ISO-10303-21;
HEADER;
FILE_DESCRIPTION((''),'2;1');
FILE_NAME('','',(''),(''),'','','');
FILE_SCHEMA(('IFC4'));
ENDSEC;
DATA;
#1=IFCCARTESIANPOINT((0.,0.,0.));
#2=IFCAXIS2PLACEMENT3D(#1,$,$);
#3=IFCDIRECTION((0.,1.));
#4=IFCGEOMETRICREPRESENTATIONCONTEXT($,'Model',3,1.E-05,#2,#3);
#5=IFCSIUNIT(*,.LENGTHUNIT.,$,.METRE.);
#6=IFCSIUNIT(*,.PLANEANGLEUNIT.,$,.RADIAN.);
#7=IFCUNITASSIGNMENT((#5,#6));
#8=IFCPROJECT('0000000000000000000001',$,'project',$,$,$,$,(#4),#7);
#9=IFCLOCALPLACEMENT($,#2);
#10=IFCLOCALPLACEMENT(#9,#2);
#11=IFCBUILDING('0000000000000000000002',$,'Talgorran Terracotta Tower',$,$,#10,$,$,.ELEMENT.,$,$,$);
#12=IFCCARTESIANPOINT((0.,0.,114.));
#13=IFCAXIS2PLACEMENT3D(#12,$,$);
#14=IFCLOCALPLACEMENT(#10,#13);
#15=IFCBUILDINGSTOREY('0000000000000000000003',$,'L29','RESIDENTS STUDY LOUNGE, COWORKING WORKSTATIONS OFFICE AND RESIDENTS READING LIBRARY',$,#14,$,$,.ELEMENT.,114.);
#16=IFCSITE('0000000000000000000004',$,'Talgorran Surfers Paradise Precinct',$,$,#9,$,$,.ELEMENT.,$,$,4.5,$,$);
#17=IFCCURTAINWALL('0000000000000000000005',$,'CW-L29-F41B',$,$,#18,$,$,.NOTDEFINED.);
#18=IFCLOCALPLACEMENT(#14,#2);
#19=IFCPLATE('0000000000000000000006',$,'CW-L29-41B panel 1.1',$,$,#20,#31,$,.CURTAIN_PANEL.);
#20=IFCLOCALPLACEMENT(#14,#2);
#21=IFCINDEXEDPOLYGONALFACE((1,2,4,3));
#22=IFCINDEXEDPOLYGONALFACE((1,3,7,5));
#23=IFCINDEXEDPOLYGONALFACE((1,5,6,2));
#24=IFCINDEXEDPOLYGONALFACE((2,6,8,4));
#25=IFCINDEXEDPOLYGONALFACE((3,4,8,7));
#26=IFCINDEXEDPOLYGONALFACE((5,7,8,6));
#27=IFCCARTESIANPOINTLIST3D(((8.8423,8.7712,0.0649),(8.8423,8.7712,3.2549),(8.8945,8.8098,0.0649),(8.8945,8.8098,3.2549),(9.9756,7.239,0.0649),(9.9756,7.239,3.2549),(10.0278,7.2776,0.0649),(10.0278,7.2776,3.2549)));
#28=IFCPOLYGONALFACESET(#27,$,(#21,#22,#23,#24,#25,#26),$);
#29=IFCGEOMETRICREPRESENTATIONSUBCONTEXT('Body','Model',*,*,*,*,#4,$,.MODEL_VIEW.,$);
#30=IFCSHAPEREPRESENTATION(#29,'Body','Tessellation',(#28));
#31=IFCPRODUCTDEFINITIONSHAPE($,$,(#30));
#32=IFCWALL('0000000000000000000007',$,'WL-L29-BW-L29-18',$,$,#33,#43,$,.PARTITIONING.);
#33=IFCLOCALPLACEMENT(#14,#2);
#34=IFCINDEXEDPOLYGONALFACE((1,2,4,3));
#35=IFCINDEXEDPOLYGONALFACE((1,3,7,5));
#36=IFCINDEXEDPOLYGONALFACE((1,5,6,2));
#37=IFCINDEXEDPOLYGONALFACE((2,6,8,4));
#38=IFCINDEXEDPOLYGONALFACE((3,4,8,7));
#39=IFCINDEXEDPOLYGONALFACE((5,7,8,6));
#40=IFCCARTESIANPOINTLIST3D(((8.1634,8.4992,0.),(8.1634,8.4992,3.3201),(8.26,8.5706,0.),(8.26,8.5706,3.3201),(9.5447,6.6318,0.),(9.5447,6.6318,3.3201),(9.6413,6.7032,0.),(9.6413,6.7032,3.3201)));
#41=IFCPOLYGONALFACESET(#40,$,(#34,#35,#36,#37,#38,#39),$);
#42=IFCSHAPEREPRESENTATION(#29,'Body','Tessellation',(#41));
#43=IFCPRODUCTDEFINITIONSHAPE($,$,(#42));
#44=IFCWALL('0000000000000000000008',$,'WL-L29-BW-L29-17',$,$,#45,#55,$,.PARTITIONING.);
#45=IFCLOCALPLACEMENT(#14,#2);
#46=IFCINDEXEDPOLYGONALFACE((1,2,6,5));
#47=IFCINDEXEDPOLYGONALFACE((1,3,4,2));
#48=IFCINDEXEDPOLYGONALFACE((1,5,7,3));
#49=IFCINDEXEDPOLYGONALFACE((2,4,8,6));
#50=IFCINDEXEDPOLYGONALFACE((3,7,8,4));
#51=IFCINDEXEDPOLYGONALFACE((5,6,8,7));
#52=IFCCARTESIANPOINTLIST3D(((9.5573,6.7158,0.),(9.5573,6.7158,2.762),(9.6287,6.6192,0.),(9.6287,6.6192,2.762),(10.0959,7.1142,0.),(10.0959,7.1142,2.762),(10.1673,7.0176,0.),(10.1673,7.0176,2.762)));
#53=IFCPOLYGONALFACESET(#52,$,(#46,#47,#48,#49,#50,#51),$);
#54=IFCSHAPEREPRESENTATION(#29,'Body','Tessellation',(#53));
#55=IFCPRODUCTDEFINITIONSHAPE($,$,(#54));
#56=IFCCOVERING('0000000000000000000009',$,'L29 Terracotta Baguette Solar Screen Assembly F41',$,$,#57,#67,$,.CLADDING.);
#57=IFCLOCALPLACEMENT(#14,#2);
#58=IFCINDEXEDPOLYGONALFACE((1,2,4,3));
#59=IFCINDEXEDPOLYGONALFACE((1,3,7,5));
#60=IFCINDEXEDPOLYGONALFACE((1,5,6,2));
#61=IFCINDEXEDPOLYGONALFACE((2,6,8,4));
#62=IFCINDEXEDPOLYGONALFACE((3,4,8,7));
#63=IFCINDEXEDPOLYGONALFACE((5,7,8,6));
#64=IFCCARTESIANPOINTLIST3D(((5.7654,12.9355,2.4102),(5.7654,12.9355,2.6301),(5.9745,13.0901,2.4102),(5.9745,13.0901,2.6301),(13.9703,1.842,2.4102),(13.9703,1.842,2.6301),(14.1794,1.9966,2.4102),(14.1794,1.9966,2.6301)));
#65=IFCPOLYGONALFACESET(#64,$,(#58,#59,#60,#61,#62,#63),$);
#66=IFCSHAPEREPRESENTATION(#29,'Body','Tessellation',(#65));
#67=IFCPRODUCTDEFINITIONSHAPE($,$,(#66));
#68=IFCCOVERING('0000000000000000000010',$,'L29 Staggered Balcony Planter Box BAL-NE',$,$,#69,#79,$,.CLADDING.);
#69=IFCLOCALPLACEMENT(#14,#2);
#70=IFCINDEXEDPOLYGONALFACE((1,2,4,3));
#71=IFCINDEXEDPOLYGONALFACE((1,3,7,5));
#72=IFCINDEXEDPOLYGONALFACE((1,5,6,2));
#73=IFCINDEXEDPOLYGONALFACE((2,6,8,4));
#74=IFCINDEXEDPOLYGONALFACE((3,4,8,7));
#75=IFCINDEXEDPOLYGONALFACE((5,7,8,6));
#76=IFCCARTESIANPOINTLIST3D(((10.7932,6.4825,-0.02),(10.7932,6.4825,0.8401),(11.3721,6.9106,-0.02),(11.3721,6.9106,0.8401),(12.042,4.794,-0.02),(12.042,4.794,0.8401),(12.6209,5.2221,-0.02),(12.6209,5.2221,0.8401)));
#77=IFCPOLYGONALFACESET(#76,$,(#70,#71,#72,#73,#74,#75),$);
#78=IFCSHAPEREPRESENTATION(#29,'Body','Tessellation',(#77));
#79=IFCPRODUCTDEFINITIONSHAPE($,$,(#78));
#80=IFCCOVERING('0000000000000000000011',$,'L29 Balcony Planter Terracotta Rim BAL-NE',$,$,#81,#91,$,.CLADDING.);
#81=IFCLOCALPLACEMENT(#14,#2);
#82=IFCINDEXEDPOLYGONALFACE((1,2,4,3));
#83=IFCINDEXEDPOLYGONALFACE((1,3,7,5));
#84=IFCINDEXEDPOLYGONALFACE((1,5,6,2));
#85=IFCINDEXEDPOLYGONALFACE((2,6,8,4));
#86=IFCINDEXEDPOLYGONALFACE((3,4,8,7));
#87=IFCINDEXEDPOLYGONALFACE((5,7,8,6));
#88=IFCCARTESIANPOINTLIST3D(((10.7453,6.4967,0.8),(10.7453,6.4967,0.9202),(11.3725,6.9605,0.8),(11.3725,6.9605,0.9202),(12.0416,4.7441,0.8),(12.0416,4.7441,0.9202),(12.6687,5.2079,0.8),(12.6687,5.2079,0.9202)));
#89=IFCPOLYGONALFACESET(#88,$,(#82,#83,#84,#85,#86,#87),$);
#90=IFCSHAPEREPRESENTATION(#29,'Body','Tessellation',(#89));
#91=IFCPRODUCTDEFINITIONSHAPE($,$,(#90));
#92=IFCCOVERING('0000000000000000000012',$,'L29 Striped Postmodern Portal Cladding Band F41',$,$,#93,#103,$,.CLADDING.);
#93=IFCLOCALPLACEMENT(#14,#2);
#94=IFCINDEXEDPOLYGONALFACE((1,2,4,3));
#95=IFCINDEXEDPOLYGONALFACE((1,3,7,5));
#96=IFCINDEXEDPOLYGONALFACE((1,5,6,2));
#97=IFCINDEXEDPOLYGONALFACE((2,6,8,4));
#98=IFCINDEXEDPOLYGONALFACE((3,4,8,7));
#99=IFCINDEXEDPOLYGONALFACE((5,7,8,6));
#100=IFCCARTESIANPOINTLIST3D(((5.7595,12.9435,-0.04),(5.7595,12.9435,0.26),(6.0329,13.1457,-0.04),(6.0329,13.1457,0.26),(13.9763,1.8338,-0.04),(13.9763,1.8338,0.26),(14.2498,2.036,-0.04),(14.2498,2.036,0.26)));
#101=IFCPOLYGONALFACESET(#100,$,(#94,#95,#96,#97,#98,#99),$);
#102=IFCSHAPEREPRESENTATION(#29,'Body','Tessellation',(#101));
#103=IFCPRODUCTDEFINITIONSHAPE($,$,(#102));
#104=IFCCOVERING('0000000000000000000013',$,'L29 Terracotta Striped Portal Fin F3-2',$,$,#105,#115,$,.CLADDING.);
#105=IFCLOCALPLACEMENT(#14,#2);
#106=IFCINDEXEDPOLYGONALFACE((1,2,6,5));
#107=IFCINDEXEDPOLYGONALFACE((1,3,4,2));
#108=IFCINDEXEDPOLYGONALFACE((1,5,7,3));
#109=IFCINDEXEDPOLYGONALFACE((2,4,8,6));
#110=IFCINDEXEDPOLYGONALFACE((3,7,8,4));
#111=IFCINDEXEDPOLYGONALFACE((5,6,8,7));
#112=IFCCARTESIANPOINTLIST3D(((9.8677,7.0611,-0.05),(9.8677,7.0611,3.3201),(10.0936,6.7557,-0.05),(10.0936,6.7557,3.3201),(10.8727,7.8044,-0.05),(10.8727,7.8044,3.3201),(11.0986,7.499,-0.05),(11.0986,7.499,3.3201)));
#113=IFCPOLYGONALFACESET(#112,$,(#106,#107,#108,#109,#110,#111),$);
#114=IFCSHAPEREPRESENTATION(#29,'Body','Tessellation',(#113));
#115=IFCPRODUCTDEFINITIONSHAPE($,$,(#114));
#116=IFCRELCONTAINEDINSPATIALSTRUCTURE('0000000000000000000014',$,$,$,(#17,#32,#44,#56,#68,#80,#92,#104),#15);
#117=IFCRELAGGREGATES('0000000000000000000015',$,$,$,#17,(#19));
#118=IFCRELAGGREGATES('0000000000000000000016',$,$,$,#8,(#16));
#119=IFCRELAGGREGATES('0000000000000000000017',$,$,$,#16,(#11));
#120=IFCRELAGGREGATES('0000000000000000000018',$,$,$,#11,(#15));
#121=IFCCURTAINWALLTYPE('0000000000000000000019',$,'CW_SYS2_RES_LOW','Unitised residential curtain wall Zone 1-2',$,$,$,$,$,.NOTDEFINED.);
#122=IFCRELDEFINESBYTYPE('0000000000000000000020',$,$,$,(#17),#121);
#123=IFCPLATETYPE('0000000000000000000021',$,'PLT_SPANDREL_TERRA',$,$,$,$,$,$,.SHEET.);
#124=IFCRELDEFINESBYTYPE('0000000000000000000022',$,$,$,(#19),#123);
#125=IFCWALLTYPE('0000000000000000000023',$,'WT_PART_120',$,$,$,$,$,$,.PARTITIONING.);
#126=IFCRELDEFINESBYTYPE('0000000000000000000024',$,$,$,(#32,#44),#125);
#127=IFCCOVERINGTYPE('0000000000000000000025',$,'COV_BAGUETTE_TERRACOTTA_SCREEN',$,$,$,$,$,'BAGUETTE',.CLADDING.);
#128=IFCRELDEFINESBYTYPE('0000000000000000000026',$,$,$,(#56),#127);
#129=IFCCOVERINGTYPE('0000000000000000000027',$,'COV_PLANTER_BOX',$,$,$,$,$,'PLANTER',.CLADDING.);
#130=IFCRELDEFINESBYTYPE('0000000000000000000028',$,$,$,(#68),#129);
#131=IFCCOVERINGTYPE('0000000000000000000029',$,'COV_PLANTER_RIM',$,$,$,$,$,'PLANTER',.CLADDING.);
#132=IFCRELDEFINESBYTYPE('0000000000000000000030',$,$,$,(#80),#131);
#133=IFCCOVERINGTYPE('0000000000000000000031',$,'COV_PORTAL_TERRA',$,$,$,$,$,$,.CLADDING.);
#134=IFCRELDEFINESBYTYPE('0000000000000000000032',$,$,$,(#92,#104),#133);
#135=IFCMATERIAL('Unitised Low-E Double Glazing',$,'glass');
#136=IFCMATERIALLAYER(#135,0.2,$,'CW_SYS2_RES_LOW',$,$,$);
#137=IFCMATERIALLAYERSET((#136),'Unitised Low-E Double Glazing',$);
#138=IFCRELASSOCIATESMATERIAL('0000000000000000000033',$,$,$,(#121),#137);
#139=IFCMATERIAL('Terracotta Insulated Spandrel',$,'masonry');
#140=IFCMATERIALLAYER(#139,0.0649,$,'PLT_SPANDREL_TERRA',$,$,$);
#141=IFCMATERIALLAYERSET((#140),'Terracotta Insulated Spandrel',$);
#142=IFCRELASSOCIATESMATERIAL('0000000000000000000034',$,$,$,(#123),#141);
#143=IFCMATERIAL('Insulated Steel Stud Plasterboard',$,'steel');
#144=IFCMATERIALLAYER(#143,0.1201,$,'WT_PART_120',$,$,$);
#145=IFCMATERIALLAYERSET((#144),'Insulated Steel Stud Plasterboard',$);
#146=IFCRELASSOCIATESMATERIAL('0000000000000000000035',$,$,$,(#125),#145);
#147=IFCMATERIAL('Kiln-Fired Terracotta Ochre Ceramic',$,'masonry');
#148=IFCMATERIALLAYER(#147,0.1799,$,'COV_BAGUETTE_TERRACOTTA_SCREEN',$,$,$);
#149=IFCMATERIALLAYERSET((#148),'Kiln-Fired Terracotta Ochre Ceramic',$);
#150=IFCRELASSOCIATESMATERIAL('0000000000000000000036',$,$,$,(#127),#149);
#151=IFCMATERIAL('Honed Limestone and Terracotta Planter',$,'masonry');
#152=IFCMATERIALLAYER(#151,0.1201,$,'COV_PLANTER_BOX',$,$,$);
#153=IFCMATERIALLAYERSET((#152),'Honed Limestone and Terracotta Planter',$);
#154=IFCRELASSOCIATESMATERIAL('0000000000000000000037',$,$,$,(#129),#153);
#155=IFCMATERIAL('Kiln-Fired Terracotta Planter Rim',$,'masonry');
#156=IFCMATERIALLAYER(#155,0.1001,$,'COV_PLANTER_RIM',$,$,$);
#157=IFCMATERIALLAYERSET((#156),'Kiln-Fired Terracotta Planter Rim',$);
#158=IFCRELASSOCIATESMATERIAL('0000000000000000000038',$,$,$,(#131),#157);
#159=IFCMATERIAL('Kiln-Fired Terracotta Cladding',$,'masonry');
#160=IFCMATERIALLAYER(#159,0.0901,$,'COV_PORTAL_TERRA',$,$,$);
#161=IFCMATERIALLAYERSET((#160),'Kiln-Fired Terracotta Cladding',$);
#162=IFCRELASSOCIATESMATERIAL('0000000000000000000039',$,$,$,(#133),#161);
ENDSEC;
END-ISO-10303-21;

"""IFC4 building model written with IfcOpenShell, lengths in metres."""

from ifc_helpers import new_model, si_unit, direction, frame, frame_2d, origin, origin_2d, place, context, subcontext, project, spatial, rectangle, extrude, source, transform, mapped, material, layer, layer_set, type_object, type_shapes, element, aggregate, save


model = new_model("IFC4")

# Units and contexts
model_context = context("Model", 3, precision=1e-05, world=origin(), true_north=direction((0.0, 1.0)))
body_context = subcontext(model_context, "Body", "Model", "MODEL_VIEW")
ifc_project = project(units=[si_unit("LENGTHUNIT", "METRE"), si_unit("PLANEANGLEUNIT", "RADIAN")], contexts=[model_context])

# Site, building, storey
site_placement = place(None, origin())
site = spatial("IfcSite", under=ifc_project, at=site_placement, Name="Talgorran Surfers Paradise Precinct", CompositionType="ELEMENT", RefElevation=4.5)
building_placement = place(site_placement, origin())
building = spatial("IfcBuilding", under=site, at=building_placement, Name="Talgorran Terracotta Tower", CompositionType="ELEMENT")
storey_placement = place(building_placement, frame((0.0, 0.0, 114.0)))
storey = spatial("IfcBuildingStorey", under=building, at=storey_placement, Name="L29", Description="RESIDENTS STUDY LOUNGE, COWORKING WORKSTATIONS OFFICE AND RESIDENTS READING LIBRARY", CompositionType="ELEMENT", Elevation=114.0)

# Shared definitions
ifc_material_1 = material(Name="Unitised Low-E Double Glazing", Category="glass")
ifc_layer_1 = layer(ifc_material_1, 0.2, Name="CW_SYS2_RES_LOW")
ifc_layer_set_1 = layer_set([ifc_layer_1], Name="Unitised Low-E Double Glazing")
curtain_wall_type = type_object("IfcCurtainWallType", Name="CW_SYS2_RES_LOW", Description="Unitised residential curtain wall Zone 1-2", PredefinedType="NOTDEFINED", material=ifc_layer_set_1)

# Curtain wall
curtain_wall_1_placement = place(storey_placement, origin())
curtain_wall_1 = element("IfcCurtainWall", 1, at=curtain_wall_1_placement, inside=storey, type_object=curtain_wall_type, Name="CW-L29-F41B", PredefinedType="NOTDEFINED")

# Plate
ifc_material_2 = material(Name="Terracotta Insulated Spandrel", Category="masonry")
ifc_layer_2 = layer(ifc_material_2, 0.0649, Name="PLT_SPANDREL_TERRA")
ifc_layer_set_2 = layer_set([ifc_layer_2], Name="Terracotta Insulated Spandrel")
plate_type_1 = type_object("IfcPlateType", Name="PLT_SPANDREL_TERRA", PredefinedType="SHEET", material=ifc_layer_set_2)
shared_shape = source(origin(), body_context, "Body", "SweptSolid", [
    extrude(rectangle(XDim=1.9058, YDim=0.0649, at=origin_2d()), origin(), (0.0, 0.0, 1.0), 3.1899),
])
type_shapes(plate_type_1, [shared_shape])
plate_1_placement = place(storey_placement, frame((9.4351, 8.0244, 0.0649), z_axis=(0.0, 0.0, 1.0), x_axis=(-0.594642, 0.80399, 0.0)))
plate_1 = element("IfcPlate", 2, at=plate_1_placement, type_object=plate_type_1, Name="CW-L29-41B panel 1.1", PredefinedType="CURTAIN_PANEL", context=body_context, shape_type="MappedRepresentation", body=[
    mapped(shared_shape, transform((0.0, 0.0, 0.0), scale=1.0)),
])
aggregate(curtain_wall_1, [plate_1])

# Walls
ifc_material_3 = material(Name="Insulated Steel Stud Plasterboard", Category="steel")
ifc_layer_3 = layer(ifc_material_3, 0.1201, Name="WT_PART_120")
ifc_layer_set_3 = layer_set([ifc_layer_3], Name="Insulated Steel Stud Plasterboard")
wall_type = type_object("IfcWallType", Name="WT_PART_120", PredefinedType="PARTITIONING", material=ifc_layer_set_3)
wall_1_placement = place(storey_placement, frame((9.593, 6.6675, 0.0), z_axis=(0.0, 0.0, 1.0), x_axis=(-0.59469, 0.803955, 0.0)))
element("IfcWall", 3, at=wall_1_placement, inside=storey, type_object=wall_type, Name="WL-L29-BW-L29-18", PredefinedType="PARTITIONING", context=body_context, shape_type="SweptSolid", body=[
    extrude(rectangle(XDim=2.3228, YDim=0.1201, at=frame_2d((1.1614, 0.0))), origin(), (0.0, 0.0, 1.0), 3.3201),
])
wall_2_placement = place(storey_placement, frame((10.1316, 7.0659, 0.0), z_axis=(0.0, 0.0, 1.0), x_axis=(-0.803919, -0.594739, 0.0)))
element("IfcWall", 4, at=wall_2_placement, inside=storey, type_object=wall_type, Name="WL-L29-BW-L29-17", PredefinedType="PARTITIONING", context=body_context, shape_type="SweptSolid", body=[
    extrude(rectangle(XDim=0.6699, YDim=0.1201, at=frame_2d((0.335, 0.0))), origin(), (0.0, 0.0, 1.0), 2.762),
])

# Coverings
ifc_material_4 = material(Name="Kiln-Fired Terracotta Ochre Ceramic", Category="masonry")
ifc_layer_4 = layer(ifc_material_4, 0.1799, Name="COV_BAGUETTE_TERRACOTTA_SCREEN")
ifc_layer_set_4 = layer_set([ifc_layer_4], Name="Kiln-Fired Terracotta Ochre Ceramic")
covering_type_1 = type_object("IfcCoveringType", Name="COV_BAGUETTE_TERRACOTTA_SCREEN", ElementType="BAGUETTE", PredefinedType="CLADDING", material=ifc_layer_set_4)
covering_1_placement = place(storey_placement, frame((9.9724, 7.4661, 2.4102), z_axis=(0.0, 0.0, 1.0), x_axis=(-0.59464, 0.803992, 0.0)))
element("IfcCovering", 5, at=covering_1_placement, inside=storey, type_object=covering_type_1, Name="L29 Terracotta Baguette Solar Screen Assembly F41", PredefinedType="CLADDING", context=body_context, shape_type="SweptSolid", body=[
    extrude(rectangle(XDim=13.7981, YDim=0.26, at=origin_2d()), origin(), (0.0, 0.0, 1.0), 0.22),
])
ifc_material_5 = material(Name="Honed Limestone and Terracotta Planter", Category="masonry")
ifc_layer_5 = layer(ifc_material_5, 0.1201, Name="COV_PLANTER_BOX")
ifc_layer_set_5 = layer_set([ifc_layer_5], Name="Honed Limestone and Terracotta Planter")
covering_type_2 = type_object("IfcCoveringType", Name="COV_PLANTER_BOX", ElementType="PLANTER", PredefinedType="CLADDING", material=ifc_layer_set_5)
covering_2_placement = place(storey_placement, frame((11.707, 5.8523, -0.02), z_axis=(0.0, 0.0, 1.0), x_axis=(-0.59464, 0.803992, 0.0)))
element("IfcCovering", 6, at=covering_2_placement, inside=storey, type_object=covering_type_2, Name="L29 Staggered Balcony Planter Box BAL-NE", PredefinedType="CLADDING", context=body_context, shape_type="SweptSolid", body=[
    extrude(rectangle(XDim=2.1001, YDim=0.72, at=origin_2d()), origin(), (0.0, 0.0, 1.0), 0.8601),
])
ifc_material_6 = material(Name="Kiln-Fired Terracotta Planter Rim", Category="masonry")
ifc_layer_6 = layer(ifc_material_6, 0.1001, Name="COV_PLANTER_RIM")
ifc_layer_set_6 = layer_set([ifc_layer_6], Name="Kiln-Fired Terracotta Planter Rim")
covering_type_3 = type_object("IfcCoveringType", Name="COV_PLANTER_RIM", ElementType="PLANTER", PredefinedType="CLADDING", material=ifc_layer_set_6)
covering_3_placement = place(storey_placement, frame((11.707, 5.8523, 0.8), z_axis=(0.0, 0.0, 1.0), x_axis=(-0.59464, 0.803992, 0.0)))
element("IfcCovering", 7, at=covering_3_placement, inside=storey, type_object=covering_type_3, Name="L29 Balcony Planter Terracotta Rim BAL-NE", PredefinedType="CLADDING", context=body_context, shape_type="SweptSolid", body=[
    extrude(rectangle(XDim=2.1799, YDim=0.78, at=origin_2d()), origin(), (0.0, 0.0, 1.0), 0.1201),
])
ifc_material_7 = material(Name="Kiln-Fired Terracotta Cladding", Category="masonry")
ifc_layer_7 = layer(ifc_material_7, 0.0901, Name="COV_PORTAL_TERRA")
ifc_layer_set_7 = layer_set([ifc_layer_7], Name="Kiln-Fired Terracotta Cladding")
covering_type_4 = type_object("IfcCoveringType", Name="COV_PORTAL_TERRA", PredefinedType="CLADDING", material=ifc_layer_set_7)
covering_4_placement = place(storey_placement, frame((10.0046, 7.4897, -0.04), z_axis=(0.0, 0.0, 1.0), x_axis=(-0.59464, 0.803992, 0.0)))
element("IfcCovering", 8, at=covering_4_placement, inside=storey, type_object=covering_type_4, Name="L29 Striped Postmodern Portal Cladding Band F41", PredefinedType="CLADDING", context=body_context, shape_type="SweptSolid", body=[
    extrude(rectangle(XDim=13.8181, YDim=0.3401, at=origin_2d()), origin(), (0.0, 0.0, 1.0), 0.3),
])
covering_5_placement = place(storey_placement, frame((10.4832, 7.28, -0.05), z_axis=(0.0, 0.0, 1.0), x_axis=(-0.59464, 0.803992, 0.0)))
element("IfcCovering", 9, at=covering_5_placement, inside=storey, type_object=covering_type_4, Name="L29 Terracotta Striped Portal Fin F3-2", PredefinedType="CLADDING", context=body_context, shape_type="SweptSolid", body=[
    extrude(rectangle(XDim=0.3799, YDim=1.25, at=origin_2d()), origin(), (0.0, 0.0, 1.0), 3.3701),
])

save(model, "model.ifc")
